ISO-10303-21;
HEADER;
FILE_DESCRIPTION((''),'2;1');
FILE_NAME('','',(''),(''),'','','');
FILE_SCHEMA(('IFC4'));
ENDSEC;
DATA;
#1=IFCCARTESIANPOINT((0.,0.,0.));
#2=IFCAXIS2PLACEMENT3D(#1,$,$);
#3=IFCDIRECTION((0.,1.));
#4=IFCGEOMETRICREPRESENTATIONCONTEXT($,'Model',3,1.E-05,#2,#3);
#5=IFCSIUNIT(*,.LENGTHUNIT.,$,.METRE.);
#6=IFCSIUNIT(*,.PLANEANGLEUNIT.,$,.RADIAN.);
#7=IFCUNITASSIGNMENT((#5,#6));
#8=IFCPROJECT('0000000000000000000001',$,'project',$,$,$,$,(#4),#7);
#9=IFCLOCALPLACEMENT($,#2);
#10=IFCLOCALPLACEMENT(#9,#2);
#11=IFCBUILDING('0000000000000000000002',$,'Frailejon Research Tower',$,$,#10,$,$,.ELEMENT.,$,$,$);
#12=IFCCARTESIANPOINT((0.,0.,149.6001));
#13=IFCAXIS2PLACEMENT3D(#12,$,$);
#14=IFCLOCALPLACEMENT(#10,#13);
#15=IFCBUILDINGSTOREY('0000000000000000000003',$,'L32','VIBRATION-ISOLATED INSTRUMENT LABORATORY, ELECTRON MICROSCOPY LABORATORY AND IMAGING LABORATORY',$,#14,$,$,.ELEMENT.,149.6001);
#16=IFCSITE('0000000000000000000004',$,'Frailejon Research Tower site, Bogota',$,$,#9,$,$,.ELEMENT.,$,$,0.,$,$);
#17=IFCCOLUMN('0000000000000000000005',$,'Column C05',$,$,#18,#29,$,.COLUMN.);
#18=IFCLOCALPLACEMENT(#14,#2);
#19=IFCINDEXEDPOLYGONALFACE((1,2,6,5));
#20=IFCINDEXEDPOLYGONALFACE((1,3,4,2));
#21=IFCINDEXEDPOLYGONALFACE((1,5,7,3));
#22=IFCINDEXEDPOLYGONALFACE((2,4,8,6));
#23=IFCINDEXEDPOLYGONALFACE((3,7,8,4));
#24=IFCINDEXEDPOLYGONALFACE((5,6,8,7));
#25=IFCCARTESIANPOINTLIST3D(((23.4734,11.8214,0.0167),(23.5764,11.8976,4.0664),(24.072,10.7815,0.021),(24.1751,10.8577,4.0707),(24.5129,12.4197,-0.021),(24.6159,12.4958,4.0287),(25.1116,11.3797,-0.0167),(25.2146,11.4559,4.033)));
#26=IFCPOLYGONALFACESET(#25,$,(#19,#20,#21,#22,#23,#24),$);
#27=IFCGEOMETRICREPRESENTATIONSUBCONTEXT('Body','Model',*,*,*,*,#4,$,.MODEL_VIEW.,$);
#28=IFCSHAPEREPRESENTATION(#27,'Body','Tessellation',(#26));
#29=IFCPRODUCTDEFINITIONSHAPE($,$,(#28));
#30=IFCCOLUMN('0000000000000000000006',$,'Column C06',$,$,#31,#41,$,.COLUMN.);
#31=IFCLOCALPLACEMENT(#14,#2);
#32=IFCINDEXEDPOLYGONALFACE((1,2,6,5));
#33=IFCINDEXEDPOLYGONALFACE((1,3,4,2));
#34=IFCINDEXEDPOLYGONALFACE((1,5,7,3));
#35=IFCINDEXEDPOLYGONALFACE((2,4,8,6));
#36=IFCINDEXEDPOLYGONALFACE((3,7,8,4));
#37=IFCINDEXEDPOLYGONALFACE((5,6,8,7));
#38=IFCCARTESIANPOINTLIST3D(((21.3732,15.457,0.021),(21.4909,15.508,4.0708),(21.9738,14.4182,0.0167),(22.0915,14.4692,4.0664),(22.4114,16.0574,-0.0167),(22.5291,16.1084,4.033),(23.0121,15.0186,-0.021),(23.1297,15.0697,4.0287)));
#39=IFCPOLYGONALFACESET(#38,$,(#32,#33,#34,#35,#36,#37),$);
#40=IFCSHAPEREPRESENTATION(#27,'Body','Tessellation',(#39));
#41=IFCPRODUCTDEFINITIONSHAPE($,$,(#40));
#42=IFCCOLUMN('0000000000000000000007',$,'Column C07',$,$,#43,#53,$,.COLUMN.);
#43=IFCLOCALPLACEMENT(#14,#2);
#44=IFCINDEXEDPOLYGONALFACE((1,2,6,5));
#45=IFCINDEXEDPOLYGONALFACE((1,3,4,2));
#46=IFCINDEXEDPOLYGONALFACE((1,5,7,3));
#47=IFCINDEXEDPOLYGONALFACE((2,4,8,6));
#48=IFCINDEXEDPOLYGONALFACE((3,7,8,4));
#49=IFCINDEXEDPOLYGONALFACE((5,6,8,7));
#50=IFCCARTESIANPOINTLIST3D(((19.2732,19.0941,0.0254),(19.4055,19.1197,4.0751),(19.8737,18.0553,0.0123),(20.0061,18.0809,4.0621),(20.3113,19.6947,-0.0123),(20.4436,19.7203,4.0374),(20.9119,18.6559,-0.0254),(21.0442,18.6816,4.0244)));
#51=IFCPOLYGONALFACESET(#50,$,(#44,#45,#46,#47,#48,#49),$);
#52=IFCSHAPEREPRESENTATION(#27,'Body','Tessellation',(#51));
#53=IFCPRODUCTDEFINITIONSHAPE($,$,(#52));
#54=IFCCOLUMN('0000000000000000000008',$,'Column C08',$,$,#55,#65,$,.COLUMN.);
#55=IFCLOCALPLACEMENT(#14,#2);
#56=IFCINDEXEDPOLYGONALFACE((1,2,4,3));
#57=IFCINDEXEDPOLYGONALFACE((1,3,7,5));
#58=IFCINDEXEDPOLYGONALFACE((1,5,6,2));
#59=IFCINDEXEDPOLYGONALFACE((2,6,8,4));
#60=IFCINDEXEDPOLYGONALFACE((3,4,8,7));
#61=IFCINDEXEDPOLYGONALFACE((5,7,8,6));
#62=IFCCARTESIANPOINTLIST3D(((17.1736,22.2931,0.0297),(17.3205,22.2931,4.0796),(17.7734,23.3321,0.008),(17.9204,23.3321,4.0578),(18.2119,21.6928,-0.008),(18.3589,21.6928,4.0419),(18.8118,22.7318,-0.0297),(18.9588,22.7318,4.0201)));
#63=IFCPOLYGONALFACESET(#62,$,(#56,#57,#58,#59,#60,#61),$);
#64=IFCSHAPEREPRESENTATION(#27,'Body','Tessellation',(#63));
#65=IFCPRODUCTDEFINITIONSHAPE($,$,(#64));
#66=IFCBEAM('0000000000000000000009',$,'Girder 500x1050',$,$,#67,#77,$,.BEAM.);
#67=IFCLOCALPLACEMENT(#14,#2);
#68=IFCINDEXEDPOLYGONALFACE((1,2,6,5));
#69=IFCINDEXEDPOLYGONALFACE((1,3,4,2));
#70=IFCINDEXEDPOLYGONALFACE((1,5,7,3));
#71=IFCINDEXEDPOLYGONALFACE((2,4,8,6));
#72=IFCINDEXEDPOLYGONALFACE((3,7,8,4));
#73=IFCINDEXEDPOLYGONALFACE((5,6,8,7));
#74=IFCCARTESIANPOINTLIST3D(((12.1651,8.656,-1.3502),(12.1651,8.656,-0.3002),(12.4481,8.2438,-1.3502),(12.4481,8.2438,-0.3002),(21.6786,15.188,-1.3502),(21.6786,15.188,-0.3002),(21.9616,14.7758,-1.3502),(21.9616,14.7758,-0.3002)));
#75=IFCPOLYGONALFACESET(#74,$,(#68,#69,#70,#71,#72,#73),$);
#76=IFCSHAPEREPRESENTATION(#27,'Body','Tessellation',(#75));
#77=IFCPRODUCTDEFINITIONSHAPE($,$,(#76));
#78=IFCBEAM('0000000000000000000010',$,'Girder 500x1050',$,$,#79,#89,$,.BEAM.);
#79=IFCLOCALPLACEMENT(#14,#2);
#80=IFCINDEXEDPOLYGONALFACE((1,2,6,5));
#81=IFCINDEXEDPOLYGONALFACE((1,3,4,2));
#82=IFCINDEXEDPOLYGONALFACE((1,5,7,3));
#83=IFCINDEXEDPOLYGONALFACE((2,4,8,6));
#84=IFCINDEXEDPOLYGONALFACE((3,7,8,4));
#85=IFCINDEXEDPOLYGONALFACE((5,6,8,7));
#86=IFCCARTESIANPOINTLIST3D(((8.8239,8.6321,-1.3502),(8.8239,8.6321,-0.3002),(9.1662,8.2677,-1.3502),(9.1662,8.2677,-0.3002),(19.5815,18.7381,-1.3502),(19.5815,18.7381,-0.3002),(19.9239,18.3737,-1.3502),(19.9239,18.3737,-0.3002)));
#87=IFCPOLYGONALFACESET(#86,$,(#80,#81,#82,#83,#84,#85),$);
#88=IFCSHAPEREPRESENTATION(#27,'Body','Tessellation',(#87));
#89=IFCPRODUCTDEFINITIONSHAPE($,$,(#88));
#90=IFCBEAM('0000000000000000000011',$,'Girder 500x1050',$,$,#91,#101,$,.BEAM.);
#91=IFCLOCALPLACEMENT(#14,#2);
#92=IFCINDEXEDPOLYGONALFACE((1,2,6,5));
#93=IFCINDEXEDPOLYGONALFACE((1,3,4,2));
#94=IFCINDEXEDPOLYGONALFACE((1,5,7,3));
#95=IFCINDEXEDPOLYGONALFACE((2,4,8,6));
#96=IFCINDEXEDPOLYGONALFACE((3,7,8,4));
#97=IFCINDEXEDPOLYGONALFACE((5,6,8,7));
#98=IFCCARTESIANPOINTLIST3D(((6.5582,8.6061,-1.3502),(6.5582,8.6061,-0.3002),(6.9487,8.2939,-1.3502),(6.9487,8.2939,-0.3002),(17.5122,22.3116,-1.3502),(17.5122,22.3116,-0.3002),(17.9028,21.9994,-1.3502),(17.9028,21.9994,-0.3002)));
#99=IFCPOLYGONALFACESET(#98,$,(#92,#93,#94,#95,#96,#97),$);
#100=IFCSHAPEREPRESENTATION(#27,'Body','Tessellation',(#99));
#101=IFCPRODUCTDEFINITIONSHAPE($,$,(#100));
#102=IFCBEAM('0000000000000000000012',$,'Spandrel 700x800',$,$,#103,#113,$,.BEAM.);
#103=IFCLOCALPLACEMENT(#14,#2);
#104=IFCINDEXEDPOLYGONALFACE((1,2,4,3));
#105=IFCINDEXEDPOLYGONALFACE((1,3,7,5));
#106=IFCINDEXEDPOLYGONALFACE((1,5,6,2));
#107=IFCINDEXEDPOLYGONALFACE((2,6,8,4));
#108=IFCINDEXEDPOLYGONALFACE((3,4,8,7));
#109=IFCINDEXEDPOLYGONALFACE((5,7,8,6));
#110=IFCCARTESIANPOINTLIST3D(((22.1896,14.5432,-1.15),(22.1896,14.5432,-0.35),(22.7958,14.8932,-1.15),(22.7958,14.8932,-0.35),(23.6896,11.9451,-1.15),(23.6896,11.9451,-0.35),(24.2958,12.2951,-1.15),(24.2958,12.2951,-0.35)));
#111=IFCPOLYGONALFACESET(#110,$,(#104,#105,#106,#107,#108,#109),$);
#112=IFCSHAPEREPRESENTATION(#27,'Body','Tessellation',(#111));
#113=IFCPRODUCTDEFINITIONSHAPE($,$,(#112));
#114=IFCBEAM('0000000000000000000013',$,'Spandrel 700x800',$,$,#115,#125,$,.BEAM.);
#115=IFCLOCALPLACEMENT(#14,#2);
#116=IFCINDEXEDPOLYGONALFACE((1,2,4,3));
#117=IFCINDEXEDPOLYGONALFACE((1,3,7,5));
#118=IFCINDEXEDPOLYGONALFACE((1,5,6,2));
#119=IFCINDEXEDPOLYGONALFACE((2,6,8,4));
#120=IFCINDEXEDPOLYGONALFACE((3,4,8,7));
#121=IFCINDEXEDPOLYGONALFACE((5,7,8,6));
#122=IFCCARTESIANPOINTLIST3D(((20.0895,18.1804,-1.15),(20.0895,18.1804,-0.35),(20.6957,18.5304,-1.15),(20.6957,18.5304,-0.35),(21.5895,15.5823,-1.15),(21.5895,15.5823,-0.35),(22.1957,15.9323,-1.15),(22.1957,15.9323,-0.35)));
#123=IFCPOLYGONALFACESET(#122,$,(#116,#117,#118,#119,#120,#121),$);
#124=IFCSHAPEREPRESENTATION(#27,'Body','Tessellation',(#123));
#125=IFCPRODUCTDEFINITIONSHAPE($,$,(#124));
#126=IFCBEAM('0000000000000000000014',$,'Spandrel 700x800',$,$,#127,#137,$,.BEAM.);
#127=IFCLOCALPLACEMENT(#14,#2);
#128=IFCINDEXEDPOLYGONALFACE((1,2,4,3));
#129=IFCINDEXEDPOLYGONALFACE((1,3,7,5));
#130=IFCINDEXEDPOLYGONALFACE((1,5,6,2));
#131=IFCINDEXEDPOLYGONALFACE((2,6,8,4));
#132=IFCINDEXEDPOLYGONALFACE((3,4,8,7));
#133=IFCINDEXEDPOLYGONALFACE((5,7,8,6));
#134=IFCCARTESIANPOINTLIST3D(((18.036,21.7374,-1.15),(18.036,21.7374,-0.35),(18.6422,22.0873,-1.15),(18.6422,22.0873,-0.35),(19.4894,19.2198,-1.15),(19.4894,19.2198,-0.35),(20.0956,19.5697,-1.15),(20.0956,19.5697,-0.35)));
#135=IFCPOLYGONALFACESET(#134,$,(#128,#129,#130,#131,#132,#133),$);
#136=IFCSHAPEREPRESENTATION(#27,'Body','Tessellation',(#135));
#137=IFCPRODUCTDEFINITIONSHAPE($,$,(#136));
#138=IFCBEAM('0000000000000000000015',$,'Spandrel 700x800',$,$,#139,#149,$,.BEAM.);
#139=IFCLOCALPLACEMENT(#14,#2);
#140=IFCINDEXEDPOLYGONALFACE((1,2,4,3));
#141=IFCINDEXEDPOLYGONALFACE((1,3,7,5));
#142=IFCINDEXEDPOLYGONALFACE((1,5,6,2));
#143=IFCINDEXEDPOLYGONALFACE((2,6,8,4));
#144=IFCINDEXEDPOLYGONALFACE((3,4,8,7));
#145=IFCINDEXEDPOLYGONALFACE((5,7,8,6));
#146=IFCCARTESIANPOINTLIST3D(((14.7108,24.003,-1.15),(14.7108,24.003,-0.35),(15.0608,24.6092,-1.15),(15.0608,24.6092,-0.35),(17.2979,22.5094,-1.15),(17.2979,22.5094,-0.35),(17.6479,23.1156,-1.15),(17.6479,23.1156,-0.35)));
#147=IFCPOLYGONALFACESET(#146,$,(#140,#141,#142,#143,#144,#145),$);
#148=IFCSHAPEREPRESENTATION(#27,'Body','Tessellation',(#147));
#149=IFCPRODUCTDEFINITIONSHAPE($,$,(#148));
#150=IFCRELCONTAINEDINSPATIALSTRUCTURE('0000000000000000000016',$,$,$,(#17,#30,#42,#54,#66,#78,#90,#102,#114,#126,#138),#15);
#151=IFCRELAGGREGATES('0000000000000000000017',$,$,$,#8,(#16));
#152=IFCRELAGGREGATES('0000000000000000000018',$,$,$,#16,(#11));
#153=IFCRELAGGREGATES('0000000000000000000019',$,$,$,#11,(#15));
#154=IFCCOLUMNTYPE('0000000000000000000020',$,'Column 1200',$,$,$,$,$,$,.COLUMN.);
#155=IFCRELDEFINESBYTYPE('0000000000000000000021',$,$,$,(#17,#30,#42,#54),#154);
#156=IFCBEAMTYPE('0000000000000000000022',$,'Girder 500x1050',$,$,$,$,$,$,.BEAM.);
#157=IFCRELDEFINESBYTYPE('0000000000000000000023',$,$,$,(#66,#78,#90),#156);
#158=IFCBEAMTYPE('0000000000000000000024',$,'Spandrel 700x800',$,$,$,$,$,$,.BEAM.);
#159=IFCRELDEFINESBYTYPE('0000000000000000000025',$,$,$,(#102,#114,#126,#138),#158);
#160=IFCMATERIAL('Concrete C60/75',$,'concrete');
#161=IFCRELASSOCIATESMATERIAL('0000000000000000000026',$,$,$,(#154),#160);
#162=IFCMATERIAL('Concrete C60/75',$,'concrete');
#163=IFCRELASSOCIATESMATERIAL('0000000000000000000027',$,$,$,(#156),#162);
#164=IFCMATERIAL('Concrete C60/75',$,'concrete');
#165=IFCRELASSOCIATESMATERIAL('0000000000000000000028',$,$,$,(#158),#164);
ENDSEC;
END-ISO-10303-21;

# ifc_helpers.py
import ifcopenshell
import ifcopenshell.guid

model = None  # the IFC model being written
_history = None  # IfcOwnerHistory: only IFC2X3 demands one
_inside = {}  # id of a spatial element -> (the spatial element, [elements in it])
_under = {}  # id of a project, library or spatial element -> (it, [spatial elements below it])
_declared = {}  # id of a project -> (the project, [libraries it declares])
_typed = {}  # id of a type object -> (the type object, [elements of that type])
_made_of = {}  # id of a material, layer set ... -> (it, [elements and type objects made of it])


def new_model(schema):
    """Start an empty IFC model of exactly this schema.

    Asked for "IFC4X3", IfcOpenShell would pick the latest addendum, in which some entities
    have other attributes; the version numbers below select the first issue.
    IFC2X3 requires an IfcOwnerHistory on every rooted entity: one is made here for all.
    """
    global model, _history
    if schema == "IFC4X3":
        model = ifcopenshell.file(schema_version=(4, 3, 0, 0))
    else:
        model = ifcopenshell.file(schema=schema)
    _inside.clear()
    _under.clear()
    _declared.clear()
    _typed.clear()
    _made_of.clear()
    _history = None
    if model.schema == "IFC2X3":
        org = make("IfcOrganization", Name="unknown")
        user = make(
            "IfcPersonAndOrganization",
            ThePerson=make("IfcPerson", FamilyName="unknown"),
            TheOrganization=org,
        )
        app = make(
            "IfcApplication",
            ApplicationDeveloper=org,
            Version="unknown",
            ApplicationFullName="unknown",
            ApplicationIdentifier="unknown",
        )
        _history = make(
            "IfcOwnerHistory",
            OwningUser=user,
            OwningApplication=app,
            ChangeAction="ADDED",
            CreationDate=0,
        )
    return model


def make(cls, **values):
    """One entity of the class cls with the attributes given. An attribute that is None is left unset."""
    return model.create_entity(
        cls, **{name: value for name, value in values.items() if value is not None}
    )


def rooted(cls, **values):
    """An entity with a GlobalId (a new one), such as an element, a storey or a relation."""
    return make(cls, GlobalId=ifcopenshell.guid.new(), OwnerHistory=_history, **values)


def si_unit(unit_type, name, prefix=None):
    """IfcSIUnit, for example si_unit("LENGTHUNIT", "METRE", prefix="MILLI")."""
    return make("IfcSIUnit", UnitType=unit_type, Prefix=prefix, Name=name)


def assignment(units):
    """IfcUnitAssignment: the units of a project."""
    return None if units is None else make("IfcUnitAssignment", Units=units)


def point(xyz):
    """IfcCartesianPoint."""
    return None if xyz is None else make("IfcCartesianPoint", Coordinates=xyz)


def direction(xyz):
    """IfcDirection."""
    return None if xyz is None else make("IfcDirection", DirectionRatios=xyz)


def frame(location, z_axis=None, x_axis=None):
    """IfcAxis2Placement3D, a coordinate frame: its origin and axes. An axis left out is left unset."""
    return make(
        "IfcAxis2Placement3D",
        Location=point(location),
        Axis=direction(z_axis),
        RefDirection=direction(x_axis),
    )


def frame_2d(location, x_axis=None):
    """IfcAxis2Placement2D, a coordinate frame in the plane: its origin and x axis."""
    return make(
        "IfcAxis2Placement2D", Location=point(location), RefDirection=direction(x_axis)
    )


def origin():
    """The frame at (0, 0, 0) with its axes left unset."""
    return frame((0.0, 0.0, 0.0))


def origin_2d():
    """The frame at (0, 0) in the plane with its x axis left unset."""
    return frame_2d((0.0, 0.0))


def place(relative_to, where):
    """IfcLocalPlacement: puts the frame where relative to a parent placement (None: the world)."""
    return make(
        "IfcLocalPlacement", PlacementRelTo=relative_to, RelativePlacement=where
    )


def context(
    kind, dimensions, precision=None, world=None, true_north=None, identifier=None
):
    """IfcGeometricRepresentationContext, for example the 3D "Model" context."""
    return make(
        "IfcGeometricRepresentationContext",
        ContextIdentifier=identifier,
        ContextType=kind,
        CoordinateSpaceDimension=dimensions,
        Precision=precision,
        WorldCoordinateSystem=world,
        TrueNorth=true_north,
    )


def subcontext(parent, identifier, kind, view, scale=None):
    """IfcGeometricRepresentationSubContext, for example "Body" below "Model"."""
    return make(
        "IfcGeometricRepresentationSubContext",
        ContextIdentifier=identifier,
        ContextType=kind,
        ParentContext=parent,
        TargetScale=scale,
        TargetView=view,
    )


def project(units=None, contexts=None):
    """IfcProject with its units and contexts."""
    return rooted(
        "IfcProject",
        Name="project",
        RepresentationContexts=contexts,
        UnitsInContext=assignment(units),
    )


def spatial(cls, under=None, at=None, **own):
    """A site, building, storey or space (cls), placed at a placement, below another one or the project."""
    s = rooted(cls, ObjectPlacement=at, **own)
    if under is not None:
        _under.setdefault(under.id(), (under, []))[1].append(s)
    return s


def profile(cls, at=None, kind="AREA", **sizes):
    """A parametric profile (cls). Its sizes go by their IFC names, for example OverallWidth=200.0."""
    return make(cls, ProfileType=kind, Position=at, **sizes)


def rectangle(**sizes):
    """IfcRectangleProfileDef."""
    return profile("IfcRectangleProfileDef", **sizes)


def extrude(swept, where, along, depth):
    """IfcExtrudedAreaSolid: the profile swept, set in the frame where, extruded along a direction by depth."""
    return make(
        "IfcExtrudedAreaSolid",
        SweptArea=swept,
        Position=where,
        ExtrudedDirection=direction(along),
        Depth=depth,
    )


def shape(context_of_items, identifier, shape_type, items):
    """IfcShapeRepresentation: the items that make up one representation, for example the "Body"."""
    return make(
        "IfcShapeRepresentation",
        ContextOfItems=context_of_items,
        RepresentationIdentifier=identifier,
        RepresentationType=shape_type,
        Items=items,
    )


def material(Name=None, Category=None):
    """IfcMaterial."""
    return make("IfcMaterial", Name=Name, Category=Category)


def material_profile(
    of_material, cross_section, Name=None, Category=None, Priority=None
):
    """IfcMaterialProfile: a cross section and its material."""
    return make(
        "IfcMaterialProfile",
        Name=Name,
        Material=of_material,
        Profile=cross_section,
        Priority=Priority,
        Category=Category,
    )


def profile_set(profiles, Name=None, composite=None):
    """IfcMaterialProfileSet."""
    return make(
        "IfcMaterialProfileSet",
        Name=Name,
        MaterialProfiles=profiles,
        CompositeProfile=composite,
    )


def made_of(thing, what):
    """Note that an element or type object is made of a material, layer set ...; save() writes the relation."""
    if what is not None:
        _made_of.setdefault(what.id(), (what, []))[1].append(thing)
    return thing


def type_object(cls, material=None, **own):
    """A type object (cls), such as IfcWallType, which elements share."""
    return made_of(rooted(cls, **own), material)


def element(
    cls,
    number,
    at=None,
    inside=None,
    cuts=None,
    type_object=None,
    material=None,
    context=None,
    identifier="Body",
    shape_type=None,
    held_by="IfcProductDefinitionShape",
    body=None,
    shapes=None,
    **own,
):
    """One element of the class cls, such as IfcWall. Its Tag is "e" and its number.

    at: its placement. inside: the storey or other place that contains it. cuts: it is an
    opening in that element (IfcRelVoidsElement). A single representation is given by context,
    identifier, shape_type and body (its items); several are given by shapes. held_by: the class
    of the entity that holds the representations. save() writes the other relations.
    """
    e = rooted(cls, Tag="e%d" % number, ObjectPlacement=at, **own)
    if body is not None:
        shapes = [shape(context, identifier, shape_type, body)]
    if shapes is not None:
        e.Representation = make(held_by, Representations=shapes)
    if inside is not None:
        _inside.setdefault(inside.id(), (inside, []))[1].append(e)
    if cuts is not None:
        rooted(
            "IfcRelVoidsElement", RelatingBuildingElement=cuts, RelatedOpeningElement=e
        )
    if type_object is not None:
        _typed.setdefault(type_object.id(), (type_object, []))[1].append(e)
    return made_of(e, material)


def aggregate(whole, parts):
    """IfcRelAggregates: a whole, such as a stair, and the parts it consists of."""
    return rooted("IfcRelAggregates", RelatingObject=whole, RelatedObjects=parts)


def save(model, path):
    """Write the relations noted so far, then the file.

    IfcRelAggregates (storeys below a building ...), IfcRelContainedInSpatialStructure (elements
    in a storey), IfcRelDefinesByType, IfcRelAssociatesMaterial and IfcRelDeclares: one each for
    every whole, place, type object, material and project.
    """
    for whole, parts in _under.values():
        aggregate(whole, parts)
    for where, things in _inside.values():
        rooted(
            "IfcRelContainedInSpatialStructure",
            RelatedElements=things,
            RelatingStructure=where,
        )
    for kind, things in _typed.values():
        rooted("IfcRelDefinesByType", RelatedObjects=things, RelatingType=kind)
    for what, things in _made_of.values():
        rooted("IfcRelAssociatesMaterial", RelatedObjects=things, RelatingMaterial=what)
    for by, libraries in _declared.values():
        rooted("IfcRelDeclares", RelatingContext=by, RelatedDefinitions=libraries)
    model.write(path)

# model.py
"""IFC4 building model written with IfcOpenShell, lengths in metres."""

from ifc_helpers import new_model, si_unit, direction, frame, origin, origin_2d, place, context, subcontext, project, spatial, rectangle, extrude, material, material_profile, profile_set, type_object, element, save


model = new_model("IFC4")

# Units and contexts
model_context = context("Model", 3, precision=1e-05, world=origin(), true_north=direction((0.0, 1.0)))
body_context = subcontext(model_context, "Body", "Model", "MODEL_VIEW")
ifc_project = project(units=[si_unit("LENGTHUNIT", "METRE"), si_unit("PLANEANGLEUNIT", "RADIAN")], contexts=[model_context])

# Site, building, storey
site_placement = place(None, origin())
site = spatial("IfcSite", under=ifc_project, at=site_placement, Name="Frailejon Research Tower site, Bogota", CompositionType="ELEMENT", RefElevation=0.0)
building_placement = place(site_placement, origin())
building = spatial("IfcBuilding", under=site, at=building_placement, Name="Frailejon Research Tower", CompositionType="ELEMENT")
storey_placement = place(building_placement, frame((0.0, 0.0, 149.6001)))
storey = spatial("IfcBuildingStorey", under=building, at=storey_placement, Name="L32", Description="VIBRATION-ISOLATED INSTRUMENT LABORATORY, ELECTRON MICROSCOPY LABORATORY AND IMAGING LABORATORY", CompositionType="ELEMENT", Elevation=149.6001)

# Columns
ifc_material_1 = material(Name="Concrete C60/75", Category="concrete")
ifc_material_profile_1 = material_profile(ifc_material_1, rectangle(XDim=1.2, YDim=1.2, at=origin_2d()), Name="Column 1200")
ifc_profile_set_1 = profile_set([ifc_material_profile_1], Name="Concrete C60/75")
column_type = type_object("IfcColumnType", Name="Column 1200", PredefinedType="COLUMN", material=ifc_profile_set_1)
for number, where, z_axis, x_axis, name in (
    (1, (24.2925, 11.6006, 0.0), (0.025427, 0.018799, 0.9995), (-0.498883, 0.866662, -0.003609), "Column C05"),
    (2, (22.1926, 15.2378, 0.0), (0.029043, 0.012593, 0.999499), (-0.500555, 0.865697, 0.003637), "Column C06"),
):
    element("IfcColumn", number, at=place(storey_placement, frame(where, z_axis=z_axis, x_axis=x_axis)), inside=storey, type_object=column_type, Name=name, PredefinedType="COLUMN", context=body_context, shape_type="SweptSolid", body=[
        extrude(rectangle(XDim=1.2, YDim=1.2, at=origin_2d()), origin(), (0.0, 0.0, 1.0), 4.0518),
    ])
column_1_placement = place(storey_placement, frame((20.0925, 18.875, 0.0), z_axis=(0.032656, 0.006326, 0.999447), x_axis=(-0.500479, 0.865681, 0.010873)))
element("IfcColumn", 3, at=column_1_placement, inside=storey, type_object=column_type, Name="Column C07", PredefinedType="COLUMN", context=body_context, shape_type="SweptSolid", body=[
    extrude(rectangle(XDim=1.2, YDim=1.2, at=origin_2d()), origin(), (0.0, 0.0, 1.0), 4.052),
])
column_2_placement = place(storey_placement, frame((17.9927, 22.5125, 0.0), z_axis=(0.036267, 0.0, 0.999342), x_axis=(-0.865313, 0.500246, 0.031403)))
element("IfcColumn", 4, at=column_2_placement, inside=storey, type_object=column_type, Name="Column C08", PredefinedType="COLUMN", context=body_context, shape_type="SweptSolid", body=[
    extrude(rectangle(XDim=1.2, YDim=1.2, at=origin_2d()), origin(), (0.0, 0.0, 1.0), 4.0525),
])

# Beams
ifc_material_2 = material(Name="Concrete C60/75", Category="concrete")
ifc_material_profile_2 = material_profile(ifc_material_2, rectangle(XDim=0.5, YDim=1.05, at=origin_2d()), Name="Girder 500x1050")
ifc_profile_set_2 = profile_set([ifc_material_profile_2], Name="Concrete C60/75")
beam_type_1 = type_object("IfcBeamType", Name="Girder 500x1050", PredefinedType="BEAM", material=ifc_profile_set_2)
beam_1_placement = place(storey_placement, frame((21.8201, 14.9819, -0.8252), z_axis=(-0.824386, -0.566029, 0.0), x_axis=(0.566029, -0.824386, 0.0)))
element("IfcBeam", 5, at=beam_1_placement, inside=storey, type_object=beam_type_1, Name="Girder 500x1050", PredefinedType="BEAM", context=body_context, shape_type="SweptSolid", body=[
    extrude(rectangle(XDim=0.5, YDim=1.05, at=origin_2d()), origin(), (0.0, 0.0, 1.0), 11.54),
])
beam_2_placement = place(storey_placement, frame((19.7527, 18.5559, -0.8252), z_axis=(-0.728836, -0.684689, 0.0), x_axis=(0.684689, -0.728836, 0.0)))
element("IfcBeam", 6, at=beam_2_placement, inside=storey, type_object=beam_type_1, Name="Girder 500x1050", PredefinedType="BEAM", context=body_context, shape_type="SweptSolid", body=[
    extrude(rectangle(XDim=0.5, YDim=1.05, at=origin_2d()), origin(), (0.0, 0.0, 1.0), 14.76),
])
beam_3_placement = place(storey_placement, frame((17.7075, 22.1555, -0.8252), z_axis=(-0.624335, -0.781157, 0.0), x_axis=(0.781157, -0.624335, 0.0)))
element("IfcBeam", 7, at=beam_3_placement, inside=storey, type_object=beam_type_1, Name="Girder 500x1050", PredefinedType="BEAM", context=body_context, shape_type="SweptSolid", body=[
    extrude(rectangle(XDim=0.5, YDim=1.05, at=origin_2d()), origin(), (0.0, 0.0, 1.0), 17.5452),
])
ifc_material_3 = material(Name="Concrete C60/75", Category="concrete")
ifc_material_profile_3 = material_profile(ifc_material_3, rectangle(XDim=0.7, YDim=0.8, at=origin_2d()), Name="Spandrel 700x800")
ifc_profile_set_3 = profile_set([ifc_material_profile_3], Name="Concrete C60/75")
beam_type_2 = type_object("IfcBeamType", Name="Spandrel 700x800", PredefinedType="BEAM", material=ifc_profile_set_3)
for number, where, z_axis, x_axis, name in (
    (8, (23.9927, 12.1201, -0.75), (-0.49999, 0.866031, 0.0), (-0.866031, -0.49999, 0.0), "Spandrel 700x800"),
    (9, (21.8926, 15.7573, -0.75), (-0.49999, 0.866031, 0.0), (-0.866031, -0.49999, 0.0), "Spandrel 700x800"),
):
    element("IfcBeam", number, at=place(storey_placement, frame(where, z_axis=z_axis, x_axis=x_axis)), inside=storey, type_object=beam_type_2, Name=name, PredefinedType="BEAM", context=body_context, shape_type="SweptSolid", body=[
        extrude(rectangle(XDim=0.7, YDim=0.8, at=origin_2d()), origin(), (0.0, 0.0, 1.0), 3.0),
    ])
beam_4_placement = place(storey_placement, frame((19.7925, 19.3948, -0.75), z_axis=(-0.49996, 0.866049, 0.0), x_axis=(-0.866049, -0.49996, 0.0)))
element("IfcBeam", 10, at=beam_4_placement, inside=storey, type_object=beam_type_2, Name="Spandrel 700x800", PredefinedType="BEAM", context=body_context, shape_type="SweptSolid", body=[
    extrude(rectangle(XDim=0.7, YDim=0.8, at=origin_2d()), origin(), (0.0, 0.0, 1.0), 2.907),
])
beam_5_placement = place(storey_placement, frame((17.4729, 22.8125, -0.75), z_axis=(-0.866032, 0.499989, 0.0), x_axis=(-0.499989, -0.866032, 0.0)))
element("IfcBeam", 11, at=beam_5_placement, inside=storey, type_object=beam_type_2, Name="Spandrel 700x800", PredefinedType="BEAM", context=body_context, shape_type="SweptSolid", body=[
    extrude(rectangle(XDim=0.7, YDim=0.8, at=origin_2d()), origin(), (0.0, 0.0, 1.0), 2.9873),
])

save(model, "model.ifc")
